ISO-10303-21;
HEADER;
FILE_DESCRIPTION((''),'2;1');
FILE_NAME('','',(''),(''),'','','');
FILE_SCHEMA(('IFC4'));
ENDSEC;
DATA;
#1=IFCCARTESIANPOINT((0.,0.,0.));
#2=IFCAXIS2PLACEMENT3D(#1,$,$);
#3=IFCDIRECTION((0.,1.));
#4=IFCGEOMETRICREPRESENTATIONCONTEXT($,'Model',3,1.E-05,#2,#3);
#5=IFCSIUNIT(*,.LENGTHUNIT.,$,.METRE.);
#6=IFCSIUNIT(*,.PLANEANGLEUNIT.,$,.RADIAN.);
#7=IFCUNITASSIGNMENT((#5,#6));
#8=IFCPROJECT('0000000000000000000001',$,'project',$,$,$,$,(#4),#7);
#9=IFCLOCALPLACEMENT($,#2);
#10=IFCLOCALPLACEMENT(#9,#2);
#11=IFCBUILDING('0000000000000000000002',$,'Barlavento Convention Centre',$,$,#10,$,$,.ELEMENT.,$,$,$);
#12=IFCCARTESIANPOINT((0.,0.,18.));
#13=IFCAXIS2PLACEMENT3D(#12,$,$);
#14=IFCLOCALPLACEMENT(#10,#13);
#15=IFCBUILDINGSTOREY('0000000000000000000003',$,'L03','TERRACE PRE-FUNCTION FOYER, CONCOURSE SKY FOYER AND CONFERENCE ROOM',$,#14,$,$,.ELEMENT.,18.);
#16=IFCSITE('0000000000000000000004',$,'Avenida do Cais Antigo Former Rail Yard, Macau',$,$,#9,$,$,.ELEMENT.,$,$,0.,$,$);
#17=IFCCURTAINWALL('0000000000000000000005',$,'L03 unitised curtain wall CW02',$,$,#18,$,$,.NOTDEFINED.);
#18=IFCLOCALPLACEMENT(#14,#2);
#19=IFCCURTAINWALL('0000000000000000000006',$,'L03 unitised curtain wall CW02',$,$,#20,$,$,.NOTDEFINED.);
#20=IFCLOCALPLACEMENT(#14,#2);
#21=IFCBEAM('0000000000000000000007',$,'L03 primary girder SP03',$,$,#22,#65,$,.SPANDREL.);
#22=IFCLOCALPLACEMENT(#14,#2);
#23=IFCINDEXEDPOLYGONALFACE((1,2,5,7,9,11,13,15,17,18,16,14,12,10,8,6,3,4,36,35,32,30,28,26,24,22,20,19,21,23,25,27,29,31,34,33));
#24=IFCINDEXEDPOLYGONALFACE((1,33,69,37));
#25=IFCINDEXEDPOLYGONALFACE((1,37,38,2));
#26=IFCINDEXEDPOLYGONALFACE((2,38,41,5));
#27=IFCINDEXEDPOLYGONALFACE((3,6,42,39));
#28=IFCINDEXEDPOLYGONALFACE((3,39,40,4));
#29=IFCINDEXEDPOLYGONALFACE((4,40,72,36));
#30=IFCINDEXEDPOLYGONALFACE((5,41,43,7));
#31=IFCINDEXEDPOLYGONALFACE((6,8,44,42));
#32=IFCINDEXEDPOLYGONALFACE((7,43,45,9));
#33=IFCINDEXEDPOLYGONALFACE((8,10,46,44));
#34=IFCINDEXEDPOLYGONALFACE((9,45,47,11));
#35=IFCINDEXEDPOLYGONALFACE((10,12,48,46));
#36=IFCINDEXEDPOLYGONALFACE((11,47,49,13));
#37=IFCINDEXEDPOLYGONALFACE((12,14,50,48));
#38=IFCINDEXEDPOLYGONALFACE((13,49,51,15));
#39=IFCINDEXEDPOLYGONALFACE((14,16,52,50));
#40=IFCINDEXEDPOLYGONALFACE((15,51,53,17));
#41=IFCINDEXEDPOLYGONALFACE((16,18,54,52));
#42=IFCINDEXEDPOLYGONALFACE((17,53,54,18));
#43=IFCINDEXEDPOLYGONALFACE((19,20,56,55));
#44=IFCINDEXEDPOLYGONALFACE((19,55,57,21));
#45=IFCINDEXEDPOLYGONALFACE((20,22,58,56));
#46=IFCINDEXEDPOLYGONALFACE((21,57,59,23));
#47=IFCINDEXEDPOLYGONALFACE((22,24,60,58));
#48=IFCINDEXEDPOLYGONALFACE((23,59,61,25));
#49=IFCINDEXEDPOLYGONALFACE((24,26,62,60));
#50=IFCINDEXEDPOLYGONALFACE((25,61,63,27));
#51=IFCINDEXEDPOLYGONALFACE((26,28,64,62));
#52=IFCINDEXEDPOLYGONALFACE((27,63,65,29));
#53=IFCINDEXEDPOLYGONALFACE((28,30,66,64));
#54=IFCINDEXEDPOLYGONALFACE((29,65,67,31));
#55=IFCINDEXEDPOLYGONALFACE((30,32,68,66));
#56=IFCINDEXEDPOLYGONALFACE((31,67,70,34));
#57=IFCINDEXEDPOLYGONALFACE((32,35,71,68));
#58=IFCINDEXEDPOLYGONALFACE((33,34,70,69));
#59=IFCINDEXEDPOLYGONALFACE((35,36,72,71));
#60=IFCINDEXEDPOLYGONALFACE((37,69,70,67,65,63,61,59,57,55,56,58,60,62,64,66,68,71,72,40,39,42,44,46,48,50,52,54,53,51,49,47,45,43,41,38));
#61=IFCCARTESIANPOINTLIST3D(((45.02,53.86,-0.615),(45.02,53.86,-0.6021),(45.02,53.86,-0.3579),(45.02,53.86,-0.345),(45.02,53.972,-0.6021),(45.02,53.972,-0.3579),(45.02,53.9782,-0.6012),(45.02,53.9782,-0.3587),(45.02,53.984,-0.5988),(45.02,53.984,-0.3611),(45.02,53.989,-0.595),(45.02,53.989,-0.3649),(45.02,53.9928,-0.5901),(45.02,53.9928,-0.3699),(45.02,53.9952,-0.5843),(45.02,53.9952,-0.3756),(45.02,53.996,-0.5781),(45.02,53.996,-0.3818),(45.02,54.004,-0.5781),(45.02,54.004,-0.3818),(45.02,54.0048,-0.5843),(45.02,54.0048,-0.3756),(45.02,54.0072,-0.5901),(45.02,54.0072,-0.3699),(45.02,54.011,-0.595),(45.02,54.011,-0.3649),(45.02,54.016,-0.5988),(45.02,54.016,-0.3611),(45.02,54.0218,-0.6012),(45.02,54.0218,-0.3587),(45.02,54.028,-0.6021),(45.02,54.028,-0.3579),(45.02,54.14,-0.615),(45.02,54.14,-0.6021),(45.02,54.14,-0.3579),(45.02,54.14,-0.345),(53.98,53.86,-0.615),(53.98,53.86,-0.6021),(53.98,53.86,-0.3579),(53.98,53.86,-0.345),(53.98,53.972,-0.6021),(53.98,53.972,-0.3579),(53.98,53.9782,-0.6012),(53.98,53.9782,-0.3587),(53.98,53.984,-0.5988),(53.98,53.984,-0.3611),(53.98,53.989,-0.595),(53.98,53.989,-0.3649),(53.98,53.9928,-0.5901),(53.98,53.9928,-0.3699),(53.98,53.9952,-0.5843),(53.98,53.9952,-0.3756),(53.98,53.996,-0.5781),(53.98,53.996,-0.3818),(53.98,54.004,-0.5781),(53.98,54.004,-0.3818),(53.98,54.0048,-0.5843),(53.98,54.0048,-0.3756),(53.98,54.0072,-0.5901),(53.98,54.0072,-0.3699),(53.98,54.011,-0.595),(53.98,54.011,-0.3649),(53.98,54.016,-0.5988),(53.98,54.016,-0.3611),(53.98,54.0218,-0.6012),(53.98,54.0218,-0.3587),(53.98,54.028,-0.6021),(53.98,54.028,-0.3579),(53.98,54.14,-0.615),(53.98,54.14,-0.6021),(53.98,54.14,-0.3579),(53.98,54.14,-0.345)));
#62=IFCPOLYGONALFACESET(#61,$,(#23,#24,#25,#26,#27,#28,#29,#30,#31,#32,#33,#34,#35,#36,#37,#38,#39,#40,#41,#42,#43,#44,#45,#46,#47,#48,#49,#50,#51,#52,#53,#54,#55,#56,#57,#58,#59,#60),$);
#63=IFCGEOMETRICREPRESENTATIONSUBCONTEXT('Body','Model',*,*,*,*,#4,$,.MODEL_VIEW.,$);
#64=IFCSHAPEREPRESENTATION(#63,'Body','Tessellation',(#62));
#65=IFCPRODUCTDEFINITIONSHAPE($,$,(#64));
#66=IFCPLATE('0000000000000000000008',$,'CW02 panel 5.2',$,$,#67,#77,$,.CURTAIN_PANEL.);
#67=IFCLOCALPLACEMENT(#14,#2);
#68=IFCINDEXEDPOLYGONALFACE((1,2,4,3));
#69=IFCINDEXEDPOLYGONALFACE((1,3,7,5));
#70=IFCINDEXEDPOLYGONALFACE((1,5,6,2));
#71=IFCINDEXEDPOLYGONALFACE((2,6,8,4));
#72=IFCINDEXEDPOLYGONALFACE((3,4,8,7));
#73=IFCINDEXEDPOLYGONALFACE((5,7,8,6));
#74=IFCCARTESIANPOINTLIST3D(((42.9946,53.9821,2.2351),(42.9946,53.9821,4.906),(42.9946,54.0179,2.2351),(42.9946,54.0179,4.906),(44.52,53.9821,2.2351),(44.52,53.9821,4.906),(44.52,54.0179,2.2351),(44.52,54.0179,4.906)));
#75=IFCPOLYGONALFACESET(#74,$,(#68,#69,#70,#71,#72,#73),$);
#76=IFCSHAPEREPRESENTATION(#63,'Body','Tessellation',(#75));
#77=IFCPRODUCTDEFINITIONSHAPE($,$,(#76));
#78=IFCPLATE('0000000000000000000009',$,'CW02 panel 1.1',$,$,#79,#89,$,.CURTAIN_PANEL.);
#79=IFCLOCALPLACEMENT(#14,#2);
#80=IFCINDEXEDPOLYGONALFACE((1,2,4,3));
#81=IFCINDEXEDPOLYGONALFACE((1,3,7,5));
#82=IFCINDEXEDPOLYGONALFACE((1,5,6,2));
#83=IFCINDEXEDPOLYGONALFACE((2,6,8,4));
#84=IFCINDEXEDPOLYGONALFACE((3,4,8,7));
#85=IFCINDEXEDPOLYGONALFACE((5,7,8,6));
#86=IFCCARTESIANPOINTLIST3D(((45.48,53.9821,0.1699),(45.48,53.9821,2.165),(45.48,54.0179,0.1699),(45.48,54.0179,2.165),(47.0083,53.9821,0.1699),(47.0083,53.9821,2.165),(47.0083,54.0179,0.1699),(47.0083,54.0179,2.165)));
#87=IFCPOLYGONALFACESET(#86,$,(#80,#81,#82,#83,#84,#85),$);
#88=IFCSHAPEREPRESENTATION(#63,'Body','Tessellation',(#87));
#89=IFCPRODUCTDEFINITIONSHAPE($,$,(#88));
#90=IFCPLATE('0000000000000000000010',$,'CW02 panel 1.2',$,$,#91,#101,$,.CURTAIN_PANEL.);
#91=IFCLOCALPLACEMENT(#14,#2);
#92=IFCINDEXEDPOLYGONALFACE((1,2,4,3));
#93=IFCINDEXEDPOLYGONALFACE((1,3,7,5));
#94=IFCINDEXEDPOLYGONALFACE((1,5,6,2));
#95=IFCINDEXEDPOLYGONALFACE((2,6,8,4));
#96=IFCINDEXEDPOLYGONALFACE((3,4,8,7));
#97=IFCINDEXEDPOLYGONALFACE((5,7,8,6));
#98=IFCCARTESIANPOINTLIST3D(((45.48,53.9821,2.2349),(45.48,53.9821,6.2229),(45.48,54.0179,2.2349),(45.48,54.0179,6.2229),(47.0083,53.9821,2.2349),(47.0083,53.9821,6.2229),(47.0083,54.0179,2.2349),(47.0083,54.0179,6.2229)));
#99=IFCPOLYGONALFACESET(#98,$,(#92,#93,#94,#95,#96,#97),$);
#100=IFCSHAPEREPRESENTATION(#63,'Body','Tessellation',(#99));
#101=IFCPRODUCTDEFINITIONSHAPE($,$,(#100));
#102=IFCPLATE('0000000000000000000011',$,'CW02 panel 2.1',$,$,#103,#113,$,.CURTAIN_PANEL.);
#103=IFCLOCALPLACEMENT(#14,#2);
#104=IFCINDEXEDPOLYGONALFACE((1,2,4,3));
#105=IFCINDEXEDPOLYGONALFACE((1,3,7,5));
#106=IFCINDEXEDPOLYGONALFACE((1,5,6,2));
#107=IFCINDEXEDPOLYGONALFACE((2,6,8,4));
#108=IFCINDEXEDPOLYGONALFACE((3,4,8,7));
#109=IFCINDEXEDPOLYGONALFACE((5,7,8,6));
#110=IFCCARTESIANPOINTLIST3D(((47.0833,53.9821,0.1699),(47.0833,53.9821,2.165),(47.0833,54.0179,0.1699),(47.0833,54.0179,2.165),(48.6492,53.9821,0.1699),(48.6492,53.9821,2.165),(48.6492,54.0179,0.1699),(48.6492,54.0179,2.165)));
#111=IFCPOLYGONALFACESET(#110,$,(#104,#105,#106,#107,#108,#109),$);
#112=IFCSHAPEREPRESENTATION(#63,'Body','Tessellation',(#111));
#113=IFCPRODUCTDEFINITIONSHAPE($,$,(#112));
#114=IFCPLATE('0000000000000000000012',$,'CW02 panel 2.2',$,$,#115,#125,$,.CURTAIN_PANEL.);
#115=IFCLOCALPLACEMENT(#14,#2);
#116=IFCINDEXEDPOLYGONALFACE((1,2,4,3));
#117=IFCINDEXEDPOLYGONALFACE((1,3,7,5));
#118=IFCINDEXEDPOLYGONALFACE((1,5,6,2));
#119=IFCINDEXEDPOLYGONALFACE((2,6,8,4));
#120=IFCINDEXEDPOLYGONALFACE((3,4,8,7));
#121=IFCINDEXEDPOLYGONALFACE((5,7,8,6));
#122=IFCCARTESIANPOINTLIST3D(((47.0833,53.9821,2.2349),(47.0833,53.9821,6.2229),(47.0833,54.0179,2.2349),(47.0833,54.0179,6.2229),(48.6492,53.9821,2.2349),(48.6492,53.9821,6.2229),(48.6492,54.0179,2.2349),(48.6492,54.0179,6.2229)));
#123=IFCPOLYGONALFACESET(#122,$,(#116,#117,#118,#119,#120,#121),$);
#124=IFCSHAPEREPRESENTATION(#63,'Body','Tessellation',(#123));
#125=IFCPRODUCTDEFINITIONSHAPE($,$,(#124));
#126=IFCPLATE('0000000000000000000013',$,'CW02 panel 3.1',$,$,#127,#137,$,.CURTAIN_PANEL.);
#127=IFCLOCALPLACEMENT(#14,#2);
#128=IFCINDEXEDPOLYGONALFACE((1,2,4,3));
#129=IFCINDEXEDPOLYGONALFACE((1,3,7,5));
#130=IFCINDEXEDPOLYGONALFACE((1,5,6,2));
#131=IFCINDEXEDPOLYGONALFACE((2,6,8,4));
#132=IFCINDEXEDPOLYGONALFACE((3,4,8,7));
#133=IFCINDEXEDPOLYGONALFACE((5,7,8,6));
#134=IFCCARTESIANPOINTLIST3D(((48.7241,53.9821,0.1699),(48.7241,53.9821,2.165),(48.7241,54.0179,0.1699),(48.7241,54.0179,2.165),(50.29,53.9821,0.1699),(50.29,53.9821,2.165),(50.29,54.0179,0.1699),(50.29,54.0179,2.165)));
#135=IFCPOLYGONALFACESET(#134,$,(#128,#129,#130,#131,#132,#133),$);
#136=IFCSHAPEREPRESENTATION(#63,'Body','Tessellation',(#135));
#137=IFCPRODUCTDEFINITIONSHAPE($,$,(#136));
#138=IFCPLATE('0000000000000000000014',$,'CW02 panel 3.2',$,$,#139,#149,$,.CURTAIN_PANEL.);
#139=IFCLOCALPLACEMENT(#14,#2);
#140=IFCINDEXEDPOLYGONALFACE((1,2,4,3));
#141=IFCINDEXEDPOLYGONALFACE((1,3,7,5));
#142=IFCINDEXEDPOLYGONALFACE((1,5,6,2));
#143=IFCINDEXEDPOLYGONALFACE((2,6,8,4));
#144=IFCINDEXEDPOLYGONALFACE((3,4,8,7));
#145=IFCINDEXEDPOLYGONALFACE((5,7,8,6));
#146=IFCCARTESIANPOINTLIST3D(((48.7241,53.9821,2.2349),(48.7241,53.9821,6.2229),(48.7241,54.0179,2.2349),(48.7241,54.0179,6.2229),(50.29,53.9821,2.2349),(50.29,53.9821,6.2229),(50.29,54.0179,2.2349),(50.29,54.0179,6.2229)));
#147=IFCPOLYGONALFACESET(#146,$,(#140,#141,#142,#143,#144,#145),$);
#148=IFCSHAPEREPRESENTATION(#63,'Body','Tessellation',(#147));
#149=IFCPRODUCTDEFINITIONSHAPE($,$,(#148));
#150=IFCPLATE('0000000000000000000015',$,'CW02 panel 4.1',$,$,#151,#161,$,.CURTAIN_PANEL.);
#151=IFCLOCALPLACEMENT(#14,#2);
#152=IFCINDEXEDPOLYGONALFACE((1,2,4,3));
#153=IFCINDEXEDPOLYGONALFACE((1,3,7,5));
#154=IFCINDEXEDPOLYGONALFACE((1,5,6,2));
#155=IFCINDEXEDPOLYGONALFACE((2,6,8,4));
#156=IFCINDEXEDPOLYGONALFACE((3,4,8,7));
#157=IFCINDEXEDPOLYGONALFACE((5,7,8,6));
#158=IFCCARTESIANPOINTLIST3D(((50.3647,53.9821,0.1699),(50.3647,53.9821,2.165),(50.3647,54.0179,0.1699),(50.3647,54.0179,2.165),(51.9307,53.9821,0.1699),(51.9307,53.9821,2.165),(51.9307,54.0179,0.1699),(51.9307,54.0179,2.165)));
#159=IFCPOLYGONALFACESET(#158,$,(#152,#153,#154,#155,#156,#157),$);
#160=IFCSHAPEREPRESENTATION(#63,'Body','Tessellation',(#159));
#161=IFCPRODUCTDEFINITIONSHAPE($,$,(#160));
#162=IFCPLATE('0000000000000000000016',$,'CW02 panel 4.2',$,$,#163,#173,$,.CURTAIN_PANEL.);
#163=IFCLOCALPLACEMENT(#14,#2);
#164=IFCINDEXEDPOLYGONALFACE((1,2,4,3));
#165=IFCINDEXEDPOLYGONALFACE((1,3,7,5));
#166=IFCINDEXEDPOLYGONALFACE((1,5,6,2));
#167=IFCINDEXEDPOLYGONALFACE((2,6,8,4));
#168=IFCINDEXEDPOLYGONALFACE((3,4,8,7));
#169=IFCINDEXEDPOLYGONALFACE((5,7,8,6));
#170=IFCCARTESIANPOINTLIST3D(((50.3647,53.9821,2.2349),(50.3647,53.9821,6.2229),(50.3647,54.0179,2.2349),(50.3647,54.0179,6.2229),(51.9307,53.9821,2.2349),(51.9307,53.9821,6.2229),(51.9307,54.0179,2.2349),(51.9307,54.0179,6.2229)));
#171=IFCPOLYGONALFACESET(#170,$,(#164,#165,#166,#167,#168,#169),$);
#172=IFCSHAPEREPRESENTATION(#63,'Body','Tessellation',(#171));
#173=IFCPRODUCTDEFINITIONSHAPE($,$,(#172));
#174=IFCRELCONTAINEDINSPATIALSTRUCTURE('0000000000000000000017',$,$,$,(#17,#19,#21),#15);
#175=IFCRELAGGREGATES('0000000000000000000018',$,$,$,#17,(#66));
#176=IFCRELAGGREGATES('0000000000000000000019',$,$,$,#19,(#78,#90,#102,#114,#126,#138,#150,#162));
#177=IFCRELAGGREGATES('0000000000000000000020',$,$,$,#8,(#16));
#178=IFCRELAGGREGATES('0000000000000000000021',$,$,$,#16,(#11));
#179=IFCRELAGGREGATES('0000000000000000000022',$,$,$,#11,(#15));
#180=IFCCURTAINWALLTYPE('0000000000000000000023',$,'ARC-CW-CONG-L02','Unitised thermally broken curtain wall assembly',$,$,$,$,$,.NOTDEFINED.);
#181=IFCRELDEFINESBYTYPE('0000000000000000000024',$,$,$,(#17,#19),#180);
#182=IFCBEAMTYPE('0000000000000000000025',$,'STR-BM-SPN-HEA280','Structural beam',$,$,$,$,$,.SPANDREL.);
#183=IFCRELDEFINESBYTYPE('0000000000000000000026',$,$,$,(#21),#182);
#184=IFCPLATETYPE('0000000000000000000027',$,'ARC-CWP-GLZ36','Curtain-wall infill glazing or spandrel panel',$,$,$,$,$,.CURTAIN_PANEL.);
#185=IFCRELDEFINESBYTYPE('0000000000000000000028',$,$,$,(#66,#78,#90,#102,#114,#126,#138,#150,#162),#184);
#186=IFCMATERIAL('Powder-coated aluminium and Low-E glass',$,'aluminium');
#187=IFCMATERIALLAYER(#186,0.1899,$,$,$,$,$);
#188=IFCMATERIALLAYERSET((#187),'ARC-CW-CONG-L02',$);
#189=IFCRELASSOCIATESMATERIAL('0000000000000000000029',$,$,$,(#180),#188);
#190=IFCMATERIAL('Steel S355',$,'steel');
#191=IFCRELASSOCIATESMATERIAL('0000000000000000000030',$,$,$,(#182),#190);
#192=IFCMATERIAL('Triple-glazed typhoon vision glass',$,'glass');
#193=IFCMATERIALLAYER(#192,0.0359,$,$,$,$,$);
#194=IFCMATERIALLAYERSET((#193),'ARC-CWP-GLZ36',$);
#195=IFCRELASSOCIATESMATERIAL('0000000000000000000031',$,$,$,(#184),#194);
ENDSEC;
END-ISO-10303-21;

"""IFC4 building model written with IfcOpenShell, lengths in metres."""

from ifc_helpers import new_model, si_unit, direction, frame, origin, origin_2d, place, context, subcontext, project, spatial, rectangle, i_section, extrude, material, layer, layer_set, material_profile, profile_set, type_object, element, aggregate, save


model = new_model("IFC4")

# Units and contexts
model_context = context("Model", 3, precision=1e-05, world=origin(), true_north=direction((0.0, 1.0)))
body_context = subcontext(model_context, "Body", "Model", "MODEL_VIEW")
ifc_project = project(units=[si_unit("LENGTHUNIT", "METRE"), si_unit("PLANEANGLEUNIT", "RADIAN")], contexts=[model_context])

# Site, building, storey
site_placement = place(None, origin())
site = spatial("IfcSite", under=ifc_project, at=site_placement, Name="Avenida do Cais Antigo Former Rail Yard, Macau", CompositionType="ELEMENT", RefElevation=0.0)
building_placement = place(site_placement, origin())
building = spatial("IfcBuilding", under=site, at=building_placement, Name="Barlavento Convention Centre", CompositionType="ELEMENT")
storey_placement = place(building_placement, frame((0.0, 0.0, 18.0)))
storey = spatial("IfcBuildingStorey", under=building, at=storey_placement, Name="L03", Description="TERRACE PRE-FUNCTION FOYER, CONCOURSE SKY FOYER AND CONFERENCE ROOM", CompositionType="ELEMENT", Elevation=18.0)

# Curtain wall
ifc_material_1 = material(Name="Powder-coated aluminium and Low-E glass", Category="aluminium")
ifc_layer_1 = layer(ifc_material_1, 0.1899)
ifc_layer_set_1 = layer_set([ifc_layer_1], Name="ARC-CW-CONG-L02")
curtain_wall_type = type_object("IfcCurtainWallType", Name="ARC-CW-CONG-L02", Description="Unitised thermally broken curtain wall assembly", PredefinedType="NOTDEFINED", material=ifc_layer_set_1)
curtain_wall_1_placement = place(storey_placement, origin())
curtain_wall_1 = element("IfcCurtainWall", 1, at=curtain_wall_1_placement, inside=storey, type_object=curtain_wall_type, Name="L03 unitised curtain wall CW02", PredefinedType="NOTDEFINED")

# Curtain wall
curtain_wall_2_placement = place(storey_placement, origin())
curtain_wall_2 = element("IfcCurtainWall", 2, at=curtain_wall_2_placement, inside=storey, type_object=curtain_wall_type, Name="L03 unitised curtain wall CW02", PredefinedType="NOTDEFINED")

# Beam
ifc_material_2 = material(Name="Steel S355", Category="steel")
ifc_material_profile_1 = material_profile(ifc_material_2, i_section(OverallWidth=0.28, OverallDepth=0.27, WebThickness=0.0081, FlangeThickness=0.0129, FilletRadius=0.0239, at=origin_2d()), Name="HEA 280")
ifc_profile_set_1 = profile_set([ifc_material_profile_1], Name="Steel S355")
beam_type = type_object("IfcBeamType", Name="STR-BM-SPN-HEA280", Description="Structural beam", PredefinedType="SPANDREL", material=ifc_profile_set_1)
beam_placement = place(storey_placement, frame((45.02, 54.0, -0.48), z_axis=(1.0, 0.0, 0.0), x_axis=(0.0, 1.0, 0.0)))
element("IfcBeam", 3, at=beam_placement, inside=storey, type_object=beam_type, Name="L03 primary girder SP03", PredefinedType="SPANDREL", context=body_context, shape_type="SweptSolid", body=[
    extrude(i_section(OverallWidth=0.28, OverallDepth=0.27, WebThickness=0.0081, FlangeThickness=0.0129, FilletRadius=0.0239, at=origin_2d()), origin(), (0.0, 0.0, 1.0), 8.96),
])

# Plates
ifc_material_3 = material(Name="Triple-glazed typhoon vision glass", Category="glass")
ifc_layer_2 = layer(ifc_material_3, 0.0359)
ifc_layer_set_2 = layer_set([ifc_layer_2], Name="ARC-CWP-GLZ36")
plate_type = type_object("IfcPlateType", Name="ARC-CWP-GLZ36", Description="Curtain-wall infill glazing or spandrel panel", PredefinedType="CURTAIN_PANEL", material=ifc_layer_set_2)
plate_1_placement = place(storey_placement, frame((43.7573, 54.0, 2.2351), z_axis=(0.0, 0.0, 1.0), x_axis=(1.0, 0.0, 0.0)))
plate_1 = element("IfcPlate", 4, at=plate_1_placement, type_object=plate_type, Name="CW02 panel 5.2", PredefinedType="CURTAIN_PANEL", context=body_context, shape_type="SweptSolid", body=[
    extrude(rectangle(XDim=1.5254, YDim=0.0359, at=origin_2d()), origin(), (0.0, 0.0, 1.0), 2.6709),
])
aggregate(curtain_wall_1, [plate_1])
plate_2_placement = place(storey_placement, frame((46.2441, 54.0, 0.1699), z_axis=(0.0, 0.0, 1.0), x_axis=(1.0, 0.0, 0.0)))
plate_2 = element("IfcPlate", 5, at=plate_2_placement, type_object=plate_type, Name="CW02 panel 1.1", PredefinedType="CURTAIN_PANEL", context=body_context, shape_type="SweptSolid", body=[
    extrude(rectangle(XDim=1.5283, YDim=0.0359, at=origin_2d()), origin(), (0.0, 0.0, 1.0), 1.9951),
])
plate_3_placement = place(storey_placement, frame((46.2441, 54.0, 2.2349), z_axis=(0.0, 0.0, 1.0), x_axis=(1.0, 0.0, 0.0)))
plate_3 = element("IfcPlate", 6, at=plate_3_placement, type_object=plate_type, Name="CW02 panel 1.2", PredefinedType="CURTAIN_PANEL", context=body_context, shape_type="SweptSolid", body=[
    extrude(rectangle(XDim=1.5283, YDim=0.0359, at=origin_2d()), origin(), (0.0, 0.0, 1.0), 3.988),
])
plate_4_placement = place(storey_placement, frame((47.8662, 54.0, 0.1699), z_axis=(0.0, 0.0, 1.0), x_axis=(1.0, 0.0, 0.0)))
plate_4 = element("IfcPlate", 7, at=plate_4_placement, type_object=plate_type, Name="CW02 panel 2.1", PredefinedType="CURTAIN_PANEL", context=body_context, shape_type="SweptSolid", body=[
    extrude(rectangle(XDim=1.5659, YDim=0.0359, at=origin_2d()), origin(), (0.0, 0.0, 1.0), 1.9951),
])
plate_5_placement = place(storey_placement, frame((47.8662, 54.0, 2.2349), z_axis=(0.0, 0.0, 1.0), x_axis=(1.0, 0.0, 0.0)))
plate_5 = element("IfcPlate", 8, at=plate_5_placement, type_object=plate_type, Name="CW02 panel 2.2", PredefinedType="CURTAIN_PANEL", context=body_context, shape_type="SweptSolid", body=[
    extrude(rectangle(XDim=1.5659, YDim=0.0359, at=origin_2d()), origin(), (0.0, 0.0, 1.0), 3.988),
])
plate_6_placement = place(storey_placement, frame((49.5071, 54.0, 0.1699), z_axis=(0.0, 0.0, 1.0), x_axis=(1.0, 0.0, 0.0)))
plate_6 = element("IfcPlate", 9, at=plate_6_placement, type_object=plate_type, Name="CW02 panel 3.1", PredefinedType="CURTAIN_PANEL", context=body_context, shape_type="SweptSolid", body=[
    extrude(rectangle(XDim=1.5659, YDim=0.0359, at=origin_2d()), origin(), (0.0, 0.0, 1.0), 1.9951),
])
plate_7_placement = place(storey_placement, frame((49.5071, 54.0, 2.2349), z_axis=(0.0, 0.0, 1.0), x_axis=(1.0, 0.0, 0.0)))
plate_7 = element("IfcPlate", 10, at=plate_7_placement, type_object=plate_type, Name="CW02 panel 3.2", PredefinedType="CURTAIN_PANEL", context=body_context, shape_type="SweptSolid", body=[
    extrude(rectangle(XDim=1.5659, YDim=0.0359, at=origin_2d()), origin(), (0.0, 0.0, 1.0), 3.988),
])
plate_8_placement = place(storey_placement, frame((51.1477, 54.0, 0.1699), z_axis=(0.0, 0.0, 1.0), x_axis=(1.0, 0.0, 0.0)))
plate_8 = element("IfcPlate", 11, at=plate_8_placement, type_object=plate_type, Name="CW02 panel 4.1", PredefinedType="CURTAIN_PANEL", context=body_context, shape_type="SweptSolid", body=[
    extrude(rectangle(XDim=1.5659, YDim=0.0359, at=origin_2d()), origin(), (0.0, 0.0, 1.0), 1.9951),
])
plate_9_placement = place(storey_placement, frame((51.1477, 54.0, 2.2349), z_axis=(0.0, 0.0, 1.0), x_axis=(1.0, 0.0, 0.0)))
plate_9 = element("IfcPlate", 12, at=plate_9_placement, type_object=plate_type, Name="CW02 panel 4.2", PredefinedType="CURTAIN_PANEL", context=body_context, shape_type="SweptSolid", body=[
    extrude(rectangle(XDim=1.5659, YDim=0.0359, at=origin_2d()), origin(), (0.0, 0.0, 1.0), 3.988),
])
aggregate(curtain_wall_2, [plate_2, plate_3, plate_4, plate_5, plate_6, plate_7, plate_8, plate_9])

save(model, "model.ifc")
